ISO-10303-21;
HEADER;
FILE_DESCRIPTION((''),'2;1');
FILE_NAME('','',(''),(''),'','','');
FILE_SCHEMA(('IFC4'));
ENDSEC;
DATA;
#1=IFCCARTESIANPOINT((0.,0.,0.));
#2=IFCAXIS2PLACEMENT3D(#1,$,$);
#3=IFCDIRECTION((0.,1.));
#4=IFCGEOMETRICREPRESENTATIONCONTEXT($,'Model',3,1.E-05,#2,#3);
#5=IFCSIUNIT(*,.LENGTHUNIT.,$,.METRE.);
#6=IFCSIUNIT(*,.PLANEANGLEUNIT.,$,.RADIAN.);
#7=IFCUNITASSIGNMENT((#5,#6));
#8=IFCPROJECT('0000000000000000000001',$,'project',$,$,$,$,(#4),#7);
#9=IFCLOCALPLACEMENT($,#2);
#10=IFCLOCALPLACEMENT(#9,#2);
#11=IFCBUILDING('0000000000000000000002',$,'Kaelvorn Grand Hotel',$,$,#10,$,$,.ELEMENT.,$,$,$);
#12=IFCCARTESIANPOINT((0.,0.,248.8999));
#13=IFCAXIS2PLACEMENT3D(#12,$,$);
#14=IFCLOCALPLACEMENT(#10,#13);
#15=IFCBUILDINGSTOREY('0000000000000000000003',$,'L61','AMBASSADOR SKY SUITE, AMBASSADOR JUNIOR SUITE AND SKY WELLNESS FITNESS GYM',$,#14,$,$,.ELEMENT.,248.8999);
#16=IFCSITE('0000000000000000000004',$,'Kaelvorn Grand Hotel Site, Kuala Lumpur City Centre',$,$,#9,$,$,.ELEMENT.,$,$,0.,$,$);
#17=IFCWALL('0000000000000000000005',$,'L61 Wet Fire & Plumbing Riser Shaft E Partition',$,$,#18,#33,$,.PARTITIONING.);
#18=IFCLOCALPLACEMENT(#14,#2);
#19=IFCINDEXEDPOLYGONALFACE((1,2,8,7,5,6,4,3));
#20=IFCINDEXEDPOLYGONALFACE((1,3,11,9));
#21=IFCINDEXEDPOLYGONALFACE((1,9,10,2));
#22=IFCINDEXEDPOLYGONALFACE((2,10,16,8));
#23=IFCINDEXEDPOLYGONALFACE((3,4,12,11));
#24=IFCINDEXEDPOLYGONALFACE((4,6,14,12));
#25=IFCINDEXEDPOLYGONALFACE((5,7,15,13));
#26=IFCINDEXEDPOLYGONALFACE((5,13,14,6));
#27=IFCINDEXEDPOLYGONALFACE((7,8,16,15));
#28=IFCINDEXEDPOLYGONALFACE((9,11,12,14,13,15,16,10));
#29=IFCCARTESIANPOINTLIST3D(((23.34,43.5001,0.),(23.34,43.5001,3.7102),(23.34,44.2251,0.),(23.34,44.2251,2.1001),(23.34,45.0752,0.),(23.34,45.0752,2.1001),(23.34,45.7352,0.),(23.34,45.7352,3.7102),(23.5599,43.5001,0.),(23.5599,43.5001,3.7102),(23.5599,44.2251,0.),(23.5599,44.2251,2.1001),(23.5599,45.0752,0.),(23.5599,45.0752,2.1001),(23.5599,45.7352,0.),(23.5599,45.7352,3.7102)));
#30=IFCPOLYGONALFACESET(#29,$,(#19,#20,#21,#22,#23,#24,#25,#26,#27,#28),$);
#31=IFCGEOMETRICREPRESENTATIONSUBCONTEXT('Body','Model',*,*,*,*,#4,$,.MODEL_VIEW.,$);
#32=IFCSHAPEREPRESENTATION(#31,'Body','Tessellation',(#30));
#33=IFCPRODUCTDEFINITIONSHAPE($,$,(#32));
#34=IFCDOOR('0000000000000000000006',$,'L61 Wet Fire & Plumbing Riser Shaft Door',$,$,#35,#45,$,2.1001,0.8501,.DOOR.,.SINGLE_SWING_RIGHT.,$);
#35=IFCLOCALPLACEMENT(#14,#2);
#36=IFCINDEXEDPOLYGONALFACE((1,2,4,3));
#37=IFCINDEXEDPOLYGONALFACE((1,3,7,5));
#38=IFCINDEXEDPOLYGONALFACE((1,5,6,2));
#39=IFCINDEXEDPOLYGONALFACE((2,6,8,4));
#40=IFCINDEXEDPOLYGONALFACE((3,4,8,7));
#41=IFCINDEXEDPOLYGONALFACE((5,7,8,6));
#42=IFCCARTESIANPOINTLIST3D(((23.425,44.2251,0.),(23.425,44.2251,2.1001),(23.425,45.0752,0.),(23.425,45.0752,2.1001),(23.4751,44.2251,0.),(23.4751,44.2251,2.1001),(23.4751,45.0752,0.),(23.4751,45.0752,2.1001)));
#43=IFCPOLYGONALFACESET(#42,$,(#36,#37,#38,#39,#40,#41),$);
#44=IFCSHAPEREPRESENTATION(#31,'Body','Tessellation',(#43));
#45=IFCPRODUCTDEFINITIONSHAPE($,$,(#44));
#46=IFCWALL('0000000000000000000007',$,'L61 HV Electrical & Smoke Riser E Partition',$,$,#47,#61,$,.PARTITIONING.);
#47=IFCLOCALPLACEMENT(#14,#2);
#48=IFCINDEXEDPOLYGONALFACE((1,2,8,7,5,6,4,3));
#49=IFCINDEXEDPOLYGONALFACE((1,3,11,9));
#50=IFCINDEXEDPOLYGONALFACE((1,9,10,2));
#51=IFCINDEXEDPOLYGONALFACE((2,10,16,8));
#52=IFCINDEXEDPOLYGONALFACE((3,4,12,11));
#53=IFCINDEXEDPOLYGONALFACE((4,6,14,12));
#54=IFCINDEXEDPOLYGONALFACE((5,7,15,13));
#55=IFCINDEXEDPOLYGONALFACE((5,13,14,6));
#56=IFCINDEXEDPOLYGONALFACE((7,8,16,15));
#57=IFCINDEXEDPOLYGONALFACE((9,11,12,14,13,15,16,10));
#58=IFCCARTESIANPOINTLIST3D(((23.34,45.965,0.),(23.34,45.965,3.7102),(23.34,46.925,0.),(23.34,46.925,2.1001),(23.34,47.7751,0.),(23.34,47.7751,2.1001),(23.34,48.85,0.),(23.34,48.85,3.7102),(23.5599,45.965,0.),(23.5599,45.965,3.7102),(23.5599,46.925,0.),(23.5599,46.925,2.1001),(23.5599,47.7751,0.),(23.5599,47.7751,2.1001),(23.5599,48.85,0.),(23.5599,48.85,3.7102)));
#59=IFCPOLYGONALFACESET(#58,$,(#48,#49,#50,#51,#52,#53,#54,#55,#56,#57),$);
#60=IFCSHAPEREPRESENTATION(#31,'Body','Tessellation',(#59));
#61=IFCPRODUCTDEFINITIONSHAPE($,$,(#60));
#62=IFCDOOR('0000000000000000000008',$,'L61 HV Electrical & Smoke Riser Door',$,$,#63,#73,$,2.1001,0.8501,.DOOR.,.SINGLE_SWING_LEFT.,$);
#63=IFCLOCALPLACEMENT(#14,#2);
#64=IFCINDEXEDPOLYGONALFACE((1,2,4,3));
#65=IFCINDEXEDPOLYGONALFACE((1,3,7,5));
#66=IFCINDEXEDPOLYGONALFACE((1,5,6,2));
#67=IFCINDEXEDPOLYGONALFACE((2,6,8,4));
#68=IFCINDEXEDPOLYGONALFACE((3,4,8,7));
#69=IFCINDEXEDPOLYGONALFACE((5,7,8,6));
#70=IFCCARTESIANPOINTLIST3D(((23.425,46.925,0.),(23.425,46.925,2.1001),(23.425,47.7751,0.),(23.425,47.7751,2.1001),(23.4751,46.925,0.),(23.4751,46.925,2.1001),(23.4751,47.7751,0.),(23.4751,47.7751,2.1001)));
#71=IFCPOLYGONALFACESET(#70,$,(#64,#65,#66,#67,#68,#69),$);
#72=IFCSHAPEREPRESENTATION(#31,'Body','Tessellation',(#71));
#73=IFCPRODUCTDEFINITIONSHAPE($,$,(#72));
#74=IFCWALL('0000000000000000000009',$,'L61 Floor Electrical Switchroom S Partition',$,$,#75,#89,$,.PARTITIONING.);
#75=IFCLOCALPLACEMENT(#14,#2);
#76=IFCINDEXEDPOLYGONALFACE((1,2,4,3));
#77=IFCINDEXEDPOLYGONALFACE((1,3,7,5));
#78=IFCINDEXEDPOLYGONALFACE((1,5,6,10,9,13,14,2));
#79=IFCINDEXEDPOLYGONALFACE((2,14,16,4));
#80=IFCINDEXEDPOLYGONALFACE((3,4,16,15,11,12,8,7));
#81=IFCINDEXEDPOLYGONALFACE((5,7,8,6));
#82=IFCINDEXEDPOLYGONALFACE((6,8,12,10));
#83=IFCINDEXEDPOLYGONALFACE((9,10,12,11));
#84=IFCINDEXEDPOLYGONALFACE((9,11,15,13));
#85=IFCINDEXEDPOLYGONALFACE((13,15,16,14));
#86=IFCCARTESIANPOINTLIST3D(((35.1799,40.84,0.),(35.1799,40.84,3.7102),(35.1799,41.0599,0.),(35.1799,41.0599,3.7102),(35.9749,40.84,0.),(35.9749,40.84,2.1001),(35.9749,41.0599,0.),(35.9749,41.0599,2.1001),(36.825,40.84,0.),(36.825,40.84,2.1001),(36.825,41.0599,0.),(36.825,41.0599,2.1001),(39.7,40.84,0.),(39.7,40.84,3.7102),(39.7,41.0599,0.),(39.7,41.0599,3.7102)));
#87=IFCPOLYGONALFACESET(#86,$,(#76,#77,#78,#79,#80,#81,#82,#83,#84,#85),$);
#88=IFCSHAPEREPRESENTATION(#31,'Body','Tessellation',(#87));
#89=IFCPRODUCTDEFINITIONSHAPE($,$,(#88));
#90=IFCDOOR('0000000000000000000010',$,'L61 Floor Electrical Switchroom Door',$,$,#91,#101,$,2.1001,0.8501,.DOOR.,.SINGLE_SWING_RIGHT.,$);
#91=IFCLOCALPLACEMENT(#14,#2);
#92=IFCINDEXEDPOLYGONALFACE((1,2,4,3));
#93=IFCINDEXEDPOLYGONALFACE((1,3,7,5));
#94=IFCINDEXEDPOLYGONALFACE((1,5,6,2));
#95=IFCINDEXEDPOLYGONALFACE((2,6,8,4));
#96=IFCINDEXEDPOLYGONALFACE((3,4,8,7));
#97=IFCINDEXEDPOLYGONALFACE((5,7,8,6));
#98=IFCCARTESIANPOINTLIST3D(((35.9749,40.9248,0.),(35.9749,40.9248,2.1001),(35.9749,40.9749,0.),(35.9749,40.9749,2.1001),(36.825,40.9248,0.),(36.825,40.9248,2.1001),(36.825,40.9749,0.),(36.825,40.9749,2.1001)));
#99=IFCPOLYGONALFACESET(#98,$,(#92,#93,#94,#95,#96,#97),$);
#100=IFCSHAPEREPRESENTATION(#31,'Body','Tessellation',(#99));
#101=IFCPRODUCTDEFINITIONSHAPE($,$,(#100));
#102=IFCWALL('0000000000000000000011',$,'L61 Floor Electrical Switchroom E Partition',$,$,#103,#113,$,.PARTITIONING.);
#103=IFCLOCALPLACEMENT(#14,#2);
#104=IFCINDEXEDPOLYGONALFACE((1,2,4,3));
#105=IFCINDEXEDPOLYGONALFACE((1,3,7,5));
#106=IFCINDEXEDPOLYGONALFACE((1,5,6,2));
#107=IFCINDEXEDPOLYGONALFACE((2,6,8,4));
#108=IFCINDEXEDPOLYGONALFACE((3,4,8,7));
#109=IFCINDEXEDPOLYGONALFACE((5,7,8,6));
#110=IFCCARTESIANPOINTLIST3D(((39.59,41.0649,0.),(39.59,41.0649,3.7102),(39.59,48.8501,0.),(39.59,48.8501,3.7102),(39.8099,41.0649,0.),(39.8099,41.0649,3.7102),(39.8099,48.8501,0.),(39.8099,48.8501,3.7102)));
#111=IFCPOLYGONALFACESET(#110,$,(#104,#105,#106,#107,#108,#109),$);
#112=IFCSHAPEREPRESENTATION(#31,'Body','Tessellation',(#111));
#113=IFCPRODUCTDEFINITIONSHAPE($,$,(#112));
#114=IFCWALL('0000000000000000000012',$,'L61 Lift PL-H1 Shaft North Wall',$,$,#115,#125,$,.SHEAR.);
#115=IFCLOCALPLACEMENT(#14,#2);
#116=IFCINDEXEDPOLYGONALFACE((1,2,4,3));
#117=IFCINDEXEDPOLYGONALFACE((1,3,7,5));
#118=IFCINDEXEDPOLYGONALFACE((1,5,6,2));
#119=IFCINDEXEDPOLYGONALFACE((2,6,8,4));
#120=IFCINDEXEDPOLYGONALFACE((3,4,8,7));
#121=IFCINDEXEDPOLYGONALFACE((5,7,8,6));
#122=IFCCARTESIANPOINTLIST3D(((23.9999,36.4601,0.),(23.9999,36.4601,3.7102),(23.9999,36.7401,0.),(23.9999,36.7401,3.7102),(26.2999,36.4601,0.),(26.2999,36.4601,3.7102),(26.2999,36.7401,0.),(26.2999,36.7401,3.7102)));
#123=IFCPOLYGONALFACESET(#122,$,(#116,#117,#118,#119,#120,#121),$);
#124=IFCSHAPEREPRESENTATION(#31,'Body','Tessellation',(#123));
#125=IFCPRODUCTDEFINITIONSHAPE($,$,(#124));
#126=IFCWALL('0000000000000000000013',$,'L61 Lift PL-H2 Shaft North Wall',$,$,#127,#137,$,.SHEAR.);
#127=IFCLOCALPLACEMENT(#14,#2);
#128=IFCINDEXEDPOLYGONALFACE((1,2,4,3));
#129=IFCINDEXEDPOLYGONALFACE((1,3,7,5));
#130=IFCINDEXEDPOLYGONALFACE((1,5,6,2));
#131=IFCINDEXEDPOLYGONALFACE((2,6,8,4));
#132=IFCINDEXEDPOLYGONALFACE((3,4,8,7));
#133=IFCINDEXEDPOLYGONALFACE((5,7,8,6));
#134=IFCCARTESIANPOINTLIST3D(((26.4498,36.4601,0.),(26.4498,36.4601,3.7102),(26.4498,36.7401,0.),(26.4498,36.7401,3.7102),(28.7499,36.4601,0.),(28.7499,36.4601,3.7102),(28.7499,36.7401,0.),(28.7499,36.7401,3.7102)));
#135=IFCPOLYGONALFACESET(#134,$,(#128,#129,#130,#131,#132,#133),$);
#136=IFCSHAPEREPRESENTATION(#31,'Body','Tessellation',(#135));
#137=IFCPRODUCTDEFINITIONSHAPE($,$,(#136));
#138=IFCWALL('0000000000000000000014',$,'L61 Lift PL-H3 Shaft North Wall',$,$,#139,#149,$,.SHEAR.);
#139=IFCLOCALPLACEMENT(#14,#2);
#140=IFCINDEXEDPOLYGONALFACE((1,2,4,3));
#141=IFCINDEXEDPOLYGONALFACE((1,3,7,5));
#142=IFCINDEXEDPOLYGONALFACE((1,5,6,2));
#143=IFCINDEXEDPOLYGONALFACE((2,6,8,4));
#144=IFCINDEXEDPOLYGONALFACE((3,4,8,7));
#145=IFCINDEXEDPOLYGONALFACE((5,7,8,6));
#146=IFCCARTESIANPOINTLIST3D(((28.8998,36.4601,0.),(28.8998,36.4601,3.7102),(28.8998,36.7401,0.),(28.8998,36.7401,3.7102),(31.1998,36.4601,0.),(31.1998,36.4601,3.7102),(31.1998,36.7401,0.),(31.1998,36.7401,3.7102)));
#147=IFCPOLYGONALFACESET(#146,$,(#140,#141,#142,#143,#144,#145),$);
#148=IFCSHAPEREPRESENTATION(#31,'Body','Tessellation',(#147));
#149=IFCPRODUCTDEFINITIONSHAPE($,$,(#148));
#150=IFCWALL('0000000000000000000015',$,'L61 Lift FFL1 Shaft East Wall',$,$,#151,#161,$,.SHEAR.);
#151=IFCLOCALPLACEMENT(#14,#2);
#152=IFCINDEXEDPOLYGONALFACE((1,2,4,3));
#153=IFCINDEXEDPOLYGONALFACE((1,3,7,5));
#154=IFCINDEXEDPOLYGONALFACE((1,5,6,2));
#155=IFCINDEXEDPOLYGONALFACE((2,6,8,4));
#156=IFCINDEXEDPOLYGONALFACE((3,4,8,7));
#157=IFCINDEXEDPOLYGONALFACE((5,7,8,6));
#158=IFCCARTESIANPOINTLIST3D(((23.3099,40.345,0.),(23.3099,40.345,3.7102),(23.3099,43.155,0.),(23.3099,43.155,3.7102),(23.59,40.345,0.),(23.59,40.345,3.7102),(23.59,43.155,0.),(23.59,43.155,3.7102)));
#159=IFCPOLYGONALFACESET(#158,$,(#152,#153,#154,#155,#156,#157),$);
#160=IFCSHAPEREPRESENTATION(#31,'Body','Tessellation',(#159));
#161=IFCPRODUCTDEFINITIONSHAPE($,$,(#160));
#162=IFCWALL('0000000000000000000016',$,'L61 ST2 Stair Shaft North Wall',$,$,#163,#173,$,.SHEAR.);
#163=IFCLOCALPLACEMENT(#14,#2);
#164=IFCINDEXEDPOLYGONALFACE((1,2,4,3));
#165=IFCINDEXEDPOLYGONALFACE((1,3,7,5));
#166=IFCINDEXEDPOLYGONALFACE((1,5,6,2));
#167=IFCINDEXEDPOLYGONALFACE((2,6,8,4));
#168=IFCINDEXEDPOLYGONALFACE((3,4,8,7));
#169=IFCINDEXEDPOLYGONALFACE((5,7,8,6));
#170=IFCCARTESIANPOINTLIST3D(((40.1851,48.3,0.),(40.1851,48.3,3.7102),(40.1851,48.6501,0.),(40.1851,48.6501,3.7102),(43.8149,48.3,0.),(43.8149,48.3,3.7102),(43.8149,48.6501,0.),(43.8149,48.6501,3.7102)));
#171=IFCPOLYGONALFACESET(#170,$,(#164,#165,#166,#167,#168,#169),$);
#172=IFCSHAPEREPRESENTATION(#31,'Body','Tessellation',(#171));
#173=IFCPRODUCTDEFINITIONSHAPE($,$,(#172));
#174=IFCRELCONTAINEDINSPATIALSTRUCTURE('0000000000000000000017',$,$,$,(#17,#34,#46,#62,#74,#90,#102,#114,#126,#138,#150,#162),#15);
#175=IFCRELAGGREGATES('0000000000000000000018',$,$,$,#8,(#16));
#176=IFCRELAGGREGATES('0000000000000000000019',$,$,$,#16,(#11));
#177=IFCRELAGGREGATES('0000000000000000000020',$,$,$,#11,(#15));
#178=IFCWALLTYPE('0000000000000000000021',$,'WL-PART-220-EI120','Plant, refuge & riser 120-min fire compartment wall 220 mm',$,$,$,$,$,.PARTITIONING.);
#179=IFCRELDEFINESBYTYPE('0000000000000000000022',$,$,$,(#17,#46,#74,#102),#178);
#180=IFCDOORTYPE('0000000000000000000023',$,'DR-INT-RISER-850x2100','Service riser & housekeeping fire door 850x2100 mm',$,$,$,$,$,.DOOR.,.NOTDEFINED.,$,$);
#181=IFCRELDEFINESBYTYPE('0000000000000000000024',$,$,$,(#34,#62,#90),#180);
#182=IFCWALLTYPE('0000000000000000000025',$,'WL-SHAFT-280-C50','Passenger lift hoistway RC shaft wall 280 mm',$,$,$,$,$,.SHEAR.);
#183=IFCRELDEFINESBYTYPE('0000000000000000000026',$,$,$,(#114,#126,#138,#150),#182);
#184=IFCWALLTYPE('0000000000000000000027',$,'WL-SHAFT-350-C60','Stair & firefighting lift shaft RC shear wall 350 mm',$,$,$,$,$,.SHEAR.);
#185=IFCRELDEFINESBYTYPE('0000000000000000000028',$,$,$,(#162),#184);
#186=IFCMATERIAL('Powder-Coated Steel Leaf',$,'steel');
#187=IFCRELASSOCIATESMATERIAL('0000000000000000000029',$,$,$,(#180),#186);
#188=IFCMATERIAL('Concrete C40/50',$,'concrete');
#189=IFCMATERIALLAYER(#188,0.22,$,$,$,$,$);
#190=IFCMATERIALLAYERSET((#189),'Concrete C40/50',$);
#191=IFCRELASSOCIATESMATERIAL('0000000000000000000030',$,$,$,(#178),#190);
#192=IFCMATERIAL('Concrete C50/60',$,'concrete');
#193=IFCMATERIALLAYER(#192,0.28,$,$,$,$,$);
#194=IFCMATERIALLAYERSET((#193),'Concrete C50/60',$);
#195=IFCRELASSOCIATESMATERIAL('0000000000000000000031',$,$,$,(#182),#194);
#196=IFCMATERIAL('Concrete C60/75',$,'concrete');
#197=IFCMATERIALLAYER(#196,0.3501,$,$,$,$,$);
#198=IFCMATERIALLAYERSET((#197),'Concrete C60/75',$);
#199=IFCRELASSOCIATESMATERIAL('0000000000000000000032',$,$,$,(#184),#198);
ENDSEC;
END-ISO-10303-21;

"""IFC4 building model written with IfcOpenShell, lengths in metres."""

from ifc_helpers import new_model, si_unit, direction, frame, frame_2d, origin, place, context, subcontext, project, spatial, rectangle, extrude, material, layer, layer_set, type_object, element, fill, save


model = new_model("IFC4")

# Units and contexts
model_context = context("Model", 3, precision=1e-05, world=origin(), true_north=direction((0.0, 1.0)))
body_context = subcontext(model_context, "Body", "Model", "MODEL_VIEW")
ifc_project = project(units=[si_unit("LENGTHUNIT", "METRE"), si_unit("PLANEANGLEUNIT", "RADIAN")], contexts=[model_context])

# Site, building, storey
site_placement = place(None, origin())
site = spatial("IfcSite", under=ifc_project, at=site_placement, Name="Kaelvorn Grand Hotel Site, Kuala Lumpur City Centre", CompositionType="ELEMENT", RefElevation=0.0)
building_placement = place(site_placement, origin())
building = spatial("IfcBuilding", under=site, at=building_placement, Name="Kaelvorn Grand Hotel", CompositionType="ELEMENT")
storey_placement = place(building_placement, frame((0.0, 0.0, 248.8999)))
storey = spatial("IfcBuildingStorey", under=building, at=storey_placement, Name="L61", Description="AMBASSADOR SKY SUITE, AMBASSADOR JUNIOR SUITE AND SKY WELLNESS FITNESS GYM", CompositionType="ELEMENT", Elevation=248.8999)

# Shared definitions
ifc_material_1 = material(Name="Concrete C50/60", Category="concrete")

# Shared definitions
ifc_material_2 = material(Name="Powder-Coated Steel Leaf", Category="steel")
door_type_1 = type_object("IfcDoorType", Name="DR-INT-RISER-850x2100", Description="Service riser & housekeeping fire door 850x2100 mm", OperationType="NOTDEFINED", PredefinedType="DOOR", material=ifc_material_2)

# Walls, openings, doors
ifc_material_3 = material(Name="Concrete C40/50", Category="concrete")
ifc_layer_1 = layer(ifc_material_3, 0.22)
ifc_layer_set_1 = layer_set([ifc_layer_1], Name="Concrete C40/50")
wall_type_1 = type_object("IfcWallType", Name="WL-PART-220-EI120", Description="Plant, refuge & riser 120-min fire compartment wall 220 mm", PredefinedType="PARTITIONING", material=ifc_layer_set_1)
wall_1_placement = place(storey_placement, frame((23.45, 43.5, 0.0), z_axis=(0.0, 0.0, 1.0), x_axis=(0.0, 1.0, 0.0)))
wall_1 = element("IfcWall", 1, at=wall_1_placement, inside=storey, type_object=wall_type_1, Name="L61 Wet Fire & Plumbing Riser Shaft E Partition", PredefinedType="PARTITIONING", context=body_context, shape_type="SweptSolid", body=[
    extrude(rectangle(XDim=2.2351, YDim=0.22, at=frame_2d((1.1177, 0.0))), origin(), (0.0, 0.0, 1.0), 3.7102),
])
opening_1_placement = place(wall_1_placement, frame((0.7251, 0.0, 0.0)))
opening_1 = element("IfcOpeningElement", 2, at=opening_1_placement, cuts=wall_1, PredefinedType="OPENING", context=body_context, shape_type="SweptSolid", body=[
    extrude(rectangle(XDim=0.8501, YDim=2.1001, at=frame_2d((0.425, 1.05))), frame((0.0, 0.1201, 0.0), z_axis=(0.0, -1.0, 0.0), x_axis=(1.0, 0.0, 0.0)), (0.0, 0.0, 1.0), 0.24),
])
door_1_placement = place(opening_1_placement, origin())
door_1 = element("IfcDoor", 3, at=door_1_placement, inside=storey, type_object=door_type_1, Name="L61 Wet Fire & Plumbing Riser Shaft Door", OperationType="SINGLE_SWING_RIGHT", OverallHeight=2.1001, OverallWidth=0.8501, PredefinedType="DOOR", context=body_context, shape_type="SweptSolid", body=[
    extrude(rectangle(XDim=0.8501, YDim=2.1001, at=frame_2d((0.425, 1.05))), frame((0.0, 0.0249, 0.0), z_axis=(0.0, -1.0, 0.0), x_axis=(1.0, 0.0, 0.0)), (0.0, 0.0, 1.0), 0.05),
])
fill(opening_1, door_1)
wall_2_placement = place(storey_placement, frame((23.45, 45.9651, 0.0), z_axis=(0.0, 0.0, 1.0), x_axis=(0.0, 1.0, 0.0)))
wall_2 = element("IfcWall", 4, at=wall_2_placement, inside=storey, type_object=wall_type_1, Name="L61 HV Electrical & Smoke Riser E Partition", PredefinedType="PARTITIONING", context=body_context, shape_type="SweptSolid", body=[
    extrude(rectangle(XDim=2.885, YDim=0.22, at=frame_2d((1.4424, 0.0))), origin(), (0.0, 0.0, 1.0), 3.7102),
])
opening_2_placement = place(wall_2_placement, frame((0.96, 0.0, 0.0)))
opening_2 = element("IfcOpeningElement", 5, at=opening_2_placement, cuts=wall_2, PredefinedType="OPENING", context=body_context, shape_type="SweptSolid", body=[
    extrude(rectangle(XDim=0.8501, YDim=2.1001, at=frame_2d((0.425, 1.05))), frame((0.0, 0.1201, 0.0), z_axis=(0.0, -1.0, 0.0), x_axis=(1.0, 0.0, 0.0)), (0.0, 0.0, 1.0), 0.24),
])
door_2_placement = place(opening_2_placement, origin())
door_2 = element("IfcDoor", 6, at=door_2_placement, inside=storey, type_object=door_type_1, Name="L61 HV Electrical & Smoke Riser Door", OperationType="SINGLE_SWING_LEFT", OverallHeight=2.1001, OverallWidth=0.8501, PredefinedType="DOOR", context=body_context, shape_type="SweptSolid", body=[
    extrude(rectangle(XDim=0.8501, YDim=2.1001, at=frame_2d((0.425, 1.05))), frame((0.0, 0.0249, 0.0), z_axis=(0.0, -1.0, 0.0), x_axis=(1.0, 0.0, 0.0)), (0.0, 0.0, 1.0), 0.05),
])
fill(opening_2, door_2)
wall_3_placement = place(storey_placement, frame((35.1799, 40.95, 0.0), z_axis=(0.0, 0.0, 1.0), x_axis=(1.0, 0.0, 0.0)))
wall_3 = element("IfcWall", 7, at=wall_3_placement, inside=storey, type_object=wall_type_1, Name="L61 Floor Electrical Switchroom S Partition", PredefinedType="PARTITIONING", context=body_context, shape_type="SweptSolid", body=[
    extrude(rectangle(XDim=4.52, YDim=0.22, at=frame_2d((2.26, 0.0))), origin(), (0.0, 0.0, 1.0), 3.7102),
])
opening_3_placement = place(wall_3_placement, frame((0.7949, 0.0, 0.0)))
opening_3 = element("IfcOpeningElement", 8, at=opening_3_placement, cuts=wall_3, PredefinedType="OPENING", context=body_context, shape_type="SweptSolid", body=[
    extrude(rectangle(XDim=0.8501, YDim=2.1001, at=frame_2d((0.425, 1.05))), frame((0.0, 0.1201, 0.0), z_axis=(0.0, -1.0, 0.0), x_axis=(1.0, 0.0, 0.0)), (0.0, 0.0, 1.0), 0.24),
])
door_3_placement = place(opening_3_placement, origin())
door_3 = element("IfcDoor", 9, at=door_3_placement, inside=storey, type_object=door_type_1, Name="L61 Floor Electrical Switchroom Door", OperationType="SINGLE_SWING_RIGHT", OverallHeight=2.1001, OverallWidth=0.8501, PredefinedType="DOOR", context=body_context, shape_type="SweptSolid", body=[
    extrude(rectangle(XDim=0.8501, YDim=2.1001, at=frame_2d((0.425, 1.05))), frame((0.0, 0.0249, 0.0), z_axis=(0.0, -1.0, 0.0), x_axis=(1.0, 0.0, 0.0)), (0.0, 0.0, 1.0), 0.05),
])
fill(opening_3, door_3)

# Walls
wall_4_placement = place(storey_placement, frame((39.7, 41.0649, 0.0), z_axis=(0.0, 0.0, 1.0), x_axis=(0.0, 1.0, 0.0)))
element("IfcWall", 10, at=wall_4_placement, inside=storey, type_object=wall_type_1, Name="L61 Floor Electrical Switchroom E Partition", PredefinedType="PARTITIONING", context=body_context, shape_type="SweptSolid", body=[
    extrude(rectangle(XDim=7.7852, YDim=0.22, at=frame_2d((3.8926, 0.0))), origin(), (0.0, 0.0, 1.0), 3.7102),
])
ifc_layer_2 = layer(ifc_material_1, 0.28)
ifc_layer_set_2 = layer_set([ifc_layer_2], Name="Concrete C50/60")
wall_type_2 = type_object("IfcWallType", Name="WL-SHAFT-280-C50", Description="Passenger lift hoistway RC shaft wall 280 mm", PredefinedType="SHEAR", material=ifc_layer_set_2)
for number, where, z_axis, x_axis, name in (
    (11, (24.0, 36.6001, 0.0), (0.0, 0.0, 1.0), (1.0, 0.0, 0.0), "L61 Lift PL-H1 Shaft North Wall"),
    (12, (26.45, 36.6001, 0.0), (0.0, 0.0, 1.0), (1.0, 0.0, 0.0), "L61 Lift PL-H2 Shaft North Wall"),
    (13, (28.8999, 36.6001, 0.0), (0.0, 0.0, 1.0), (1.0, 0.0, 0.0), "L61 Lift PL-H3 Shaft North Wall"),
):
    element("IfcWall", number, at=place(storey_placement, frame(where, z_axis=z_axis, x_axis=x_axis)), inside=storey, type_object=wall_type_2, Name=name, PredefinedType="SHEAR", context=body_context, shape_type="SweptSolid", body=[
        extrude(rectangle(XDim=2.3, YDim=0.28, at=frame_2d((1.1499, 0.0))), origin(), (0.0, 0.0, 1.0), 3.7102),
    ])
wall_5_placement = place(storey_placement, frame((23.45, 40.345, 0.0), z_axis=(0.0, 0.0, 1.0), x_axis=(0.0, 1.0, 0.0)))
element("IfcWall", 14, at=wall_5_placement, inside=storey, type_object=wall_type_2, Name="L61 Lift FFL1 Shaft East Wall", PredefinedType="SHEAR", context=body_context, shape_type="SweptSolid", body=[
    extrude(rectangle(XDim=2.8101, YDim=0.28, at=frame_2d((1.405, 0.0))), origin(), (0.0, 0.0, 1.0), 3.7102),
])

# Shared definitions
ifc_material_4 = material(Name="Concrete C60/75", Category="concrete")
ifc_layer_3 = layer(ifc_material_4, 0.3501)
ifc_layer_set_3 = layer_set([ifc_layer_3], Name="Concrete C60/75")
wall_type_3 = type_object("IfcWallType", Name="WL-SHAFT-350-C60", Description="Stair & firefighting lift shaft RC shear wall 350 mm", PredefinedType="SHEAR", material=ifc_layer_set_3)

# Wall
wall_6_placement = place(storey_placement, frame((40.1851, 48.4751, 0.0), z_axis=(0.0, 0.0, 1.0), x_axis=(1.0, 0.0, 0.0)))
element("IfcWall", 15, at=wall_6_placement, inside=storey, type_object=wall_type_3, Name="L61 ST2 Stair Shaft North Wall", PredefinedType="SHEAR", context=body_context, shape_type="SweptSolid", body=[
    extrude(rectangle(XDim=3.6299, YDim=0.3501, at=frame_2d((1.8149, 0.0))), origin(), (0.0, 0.0, 1.0), 3.7102),
])

save(model, "model.ifc")
